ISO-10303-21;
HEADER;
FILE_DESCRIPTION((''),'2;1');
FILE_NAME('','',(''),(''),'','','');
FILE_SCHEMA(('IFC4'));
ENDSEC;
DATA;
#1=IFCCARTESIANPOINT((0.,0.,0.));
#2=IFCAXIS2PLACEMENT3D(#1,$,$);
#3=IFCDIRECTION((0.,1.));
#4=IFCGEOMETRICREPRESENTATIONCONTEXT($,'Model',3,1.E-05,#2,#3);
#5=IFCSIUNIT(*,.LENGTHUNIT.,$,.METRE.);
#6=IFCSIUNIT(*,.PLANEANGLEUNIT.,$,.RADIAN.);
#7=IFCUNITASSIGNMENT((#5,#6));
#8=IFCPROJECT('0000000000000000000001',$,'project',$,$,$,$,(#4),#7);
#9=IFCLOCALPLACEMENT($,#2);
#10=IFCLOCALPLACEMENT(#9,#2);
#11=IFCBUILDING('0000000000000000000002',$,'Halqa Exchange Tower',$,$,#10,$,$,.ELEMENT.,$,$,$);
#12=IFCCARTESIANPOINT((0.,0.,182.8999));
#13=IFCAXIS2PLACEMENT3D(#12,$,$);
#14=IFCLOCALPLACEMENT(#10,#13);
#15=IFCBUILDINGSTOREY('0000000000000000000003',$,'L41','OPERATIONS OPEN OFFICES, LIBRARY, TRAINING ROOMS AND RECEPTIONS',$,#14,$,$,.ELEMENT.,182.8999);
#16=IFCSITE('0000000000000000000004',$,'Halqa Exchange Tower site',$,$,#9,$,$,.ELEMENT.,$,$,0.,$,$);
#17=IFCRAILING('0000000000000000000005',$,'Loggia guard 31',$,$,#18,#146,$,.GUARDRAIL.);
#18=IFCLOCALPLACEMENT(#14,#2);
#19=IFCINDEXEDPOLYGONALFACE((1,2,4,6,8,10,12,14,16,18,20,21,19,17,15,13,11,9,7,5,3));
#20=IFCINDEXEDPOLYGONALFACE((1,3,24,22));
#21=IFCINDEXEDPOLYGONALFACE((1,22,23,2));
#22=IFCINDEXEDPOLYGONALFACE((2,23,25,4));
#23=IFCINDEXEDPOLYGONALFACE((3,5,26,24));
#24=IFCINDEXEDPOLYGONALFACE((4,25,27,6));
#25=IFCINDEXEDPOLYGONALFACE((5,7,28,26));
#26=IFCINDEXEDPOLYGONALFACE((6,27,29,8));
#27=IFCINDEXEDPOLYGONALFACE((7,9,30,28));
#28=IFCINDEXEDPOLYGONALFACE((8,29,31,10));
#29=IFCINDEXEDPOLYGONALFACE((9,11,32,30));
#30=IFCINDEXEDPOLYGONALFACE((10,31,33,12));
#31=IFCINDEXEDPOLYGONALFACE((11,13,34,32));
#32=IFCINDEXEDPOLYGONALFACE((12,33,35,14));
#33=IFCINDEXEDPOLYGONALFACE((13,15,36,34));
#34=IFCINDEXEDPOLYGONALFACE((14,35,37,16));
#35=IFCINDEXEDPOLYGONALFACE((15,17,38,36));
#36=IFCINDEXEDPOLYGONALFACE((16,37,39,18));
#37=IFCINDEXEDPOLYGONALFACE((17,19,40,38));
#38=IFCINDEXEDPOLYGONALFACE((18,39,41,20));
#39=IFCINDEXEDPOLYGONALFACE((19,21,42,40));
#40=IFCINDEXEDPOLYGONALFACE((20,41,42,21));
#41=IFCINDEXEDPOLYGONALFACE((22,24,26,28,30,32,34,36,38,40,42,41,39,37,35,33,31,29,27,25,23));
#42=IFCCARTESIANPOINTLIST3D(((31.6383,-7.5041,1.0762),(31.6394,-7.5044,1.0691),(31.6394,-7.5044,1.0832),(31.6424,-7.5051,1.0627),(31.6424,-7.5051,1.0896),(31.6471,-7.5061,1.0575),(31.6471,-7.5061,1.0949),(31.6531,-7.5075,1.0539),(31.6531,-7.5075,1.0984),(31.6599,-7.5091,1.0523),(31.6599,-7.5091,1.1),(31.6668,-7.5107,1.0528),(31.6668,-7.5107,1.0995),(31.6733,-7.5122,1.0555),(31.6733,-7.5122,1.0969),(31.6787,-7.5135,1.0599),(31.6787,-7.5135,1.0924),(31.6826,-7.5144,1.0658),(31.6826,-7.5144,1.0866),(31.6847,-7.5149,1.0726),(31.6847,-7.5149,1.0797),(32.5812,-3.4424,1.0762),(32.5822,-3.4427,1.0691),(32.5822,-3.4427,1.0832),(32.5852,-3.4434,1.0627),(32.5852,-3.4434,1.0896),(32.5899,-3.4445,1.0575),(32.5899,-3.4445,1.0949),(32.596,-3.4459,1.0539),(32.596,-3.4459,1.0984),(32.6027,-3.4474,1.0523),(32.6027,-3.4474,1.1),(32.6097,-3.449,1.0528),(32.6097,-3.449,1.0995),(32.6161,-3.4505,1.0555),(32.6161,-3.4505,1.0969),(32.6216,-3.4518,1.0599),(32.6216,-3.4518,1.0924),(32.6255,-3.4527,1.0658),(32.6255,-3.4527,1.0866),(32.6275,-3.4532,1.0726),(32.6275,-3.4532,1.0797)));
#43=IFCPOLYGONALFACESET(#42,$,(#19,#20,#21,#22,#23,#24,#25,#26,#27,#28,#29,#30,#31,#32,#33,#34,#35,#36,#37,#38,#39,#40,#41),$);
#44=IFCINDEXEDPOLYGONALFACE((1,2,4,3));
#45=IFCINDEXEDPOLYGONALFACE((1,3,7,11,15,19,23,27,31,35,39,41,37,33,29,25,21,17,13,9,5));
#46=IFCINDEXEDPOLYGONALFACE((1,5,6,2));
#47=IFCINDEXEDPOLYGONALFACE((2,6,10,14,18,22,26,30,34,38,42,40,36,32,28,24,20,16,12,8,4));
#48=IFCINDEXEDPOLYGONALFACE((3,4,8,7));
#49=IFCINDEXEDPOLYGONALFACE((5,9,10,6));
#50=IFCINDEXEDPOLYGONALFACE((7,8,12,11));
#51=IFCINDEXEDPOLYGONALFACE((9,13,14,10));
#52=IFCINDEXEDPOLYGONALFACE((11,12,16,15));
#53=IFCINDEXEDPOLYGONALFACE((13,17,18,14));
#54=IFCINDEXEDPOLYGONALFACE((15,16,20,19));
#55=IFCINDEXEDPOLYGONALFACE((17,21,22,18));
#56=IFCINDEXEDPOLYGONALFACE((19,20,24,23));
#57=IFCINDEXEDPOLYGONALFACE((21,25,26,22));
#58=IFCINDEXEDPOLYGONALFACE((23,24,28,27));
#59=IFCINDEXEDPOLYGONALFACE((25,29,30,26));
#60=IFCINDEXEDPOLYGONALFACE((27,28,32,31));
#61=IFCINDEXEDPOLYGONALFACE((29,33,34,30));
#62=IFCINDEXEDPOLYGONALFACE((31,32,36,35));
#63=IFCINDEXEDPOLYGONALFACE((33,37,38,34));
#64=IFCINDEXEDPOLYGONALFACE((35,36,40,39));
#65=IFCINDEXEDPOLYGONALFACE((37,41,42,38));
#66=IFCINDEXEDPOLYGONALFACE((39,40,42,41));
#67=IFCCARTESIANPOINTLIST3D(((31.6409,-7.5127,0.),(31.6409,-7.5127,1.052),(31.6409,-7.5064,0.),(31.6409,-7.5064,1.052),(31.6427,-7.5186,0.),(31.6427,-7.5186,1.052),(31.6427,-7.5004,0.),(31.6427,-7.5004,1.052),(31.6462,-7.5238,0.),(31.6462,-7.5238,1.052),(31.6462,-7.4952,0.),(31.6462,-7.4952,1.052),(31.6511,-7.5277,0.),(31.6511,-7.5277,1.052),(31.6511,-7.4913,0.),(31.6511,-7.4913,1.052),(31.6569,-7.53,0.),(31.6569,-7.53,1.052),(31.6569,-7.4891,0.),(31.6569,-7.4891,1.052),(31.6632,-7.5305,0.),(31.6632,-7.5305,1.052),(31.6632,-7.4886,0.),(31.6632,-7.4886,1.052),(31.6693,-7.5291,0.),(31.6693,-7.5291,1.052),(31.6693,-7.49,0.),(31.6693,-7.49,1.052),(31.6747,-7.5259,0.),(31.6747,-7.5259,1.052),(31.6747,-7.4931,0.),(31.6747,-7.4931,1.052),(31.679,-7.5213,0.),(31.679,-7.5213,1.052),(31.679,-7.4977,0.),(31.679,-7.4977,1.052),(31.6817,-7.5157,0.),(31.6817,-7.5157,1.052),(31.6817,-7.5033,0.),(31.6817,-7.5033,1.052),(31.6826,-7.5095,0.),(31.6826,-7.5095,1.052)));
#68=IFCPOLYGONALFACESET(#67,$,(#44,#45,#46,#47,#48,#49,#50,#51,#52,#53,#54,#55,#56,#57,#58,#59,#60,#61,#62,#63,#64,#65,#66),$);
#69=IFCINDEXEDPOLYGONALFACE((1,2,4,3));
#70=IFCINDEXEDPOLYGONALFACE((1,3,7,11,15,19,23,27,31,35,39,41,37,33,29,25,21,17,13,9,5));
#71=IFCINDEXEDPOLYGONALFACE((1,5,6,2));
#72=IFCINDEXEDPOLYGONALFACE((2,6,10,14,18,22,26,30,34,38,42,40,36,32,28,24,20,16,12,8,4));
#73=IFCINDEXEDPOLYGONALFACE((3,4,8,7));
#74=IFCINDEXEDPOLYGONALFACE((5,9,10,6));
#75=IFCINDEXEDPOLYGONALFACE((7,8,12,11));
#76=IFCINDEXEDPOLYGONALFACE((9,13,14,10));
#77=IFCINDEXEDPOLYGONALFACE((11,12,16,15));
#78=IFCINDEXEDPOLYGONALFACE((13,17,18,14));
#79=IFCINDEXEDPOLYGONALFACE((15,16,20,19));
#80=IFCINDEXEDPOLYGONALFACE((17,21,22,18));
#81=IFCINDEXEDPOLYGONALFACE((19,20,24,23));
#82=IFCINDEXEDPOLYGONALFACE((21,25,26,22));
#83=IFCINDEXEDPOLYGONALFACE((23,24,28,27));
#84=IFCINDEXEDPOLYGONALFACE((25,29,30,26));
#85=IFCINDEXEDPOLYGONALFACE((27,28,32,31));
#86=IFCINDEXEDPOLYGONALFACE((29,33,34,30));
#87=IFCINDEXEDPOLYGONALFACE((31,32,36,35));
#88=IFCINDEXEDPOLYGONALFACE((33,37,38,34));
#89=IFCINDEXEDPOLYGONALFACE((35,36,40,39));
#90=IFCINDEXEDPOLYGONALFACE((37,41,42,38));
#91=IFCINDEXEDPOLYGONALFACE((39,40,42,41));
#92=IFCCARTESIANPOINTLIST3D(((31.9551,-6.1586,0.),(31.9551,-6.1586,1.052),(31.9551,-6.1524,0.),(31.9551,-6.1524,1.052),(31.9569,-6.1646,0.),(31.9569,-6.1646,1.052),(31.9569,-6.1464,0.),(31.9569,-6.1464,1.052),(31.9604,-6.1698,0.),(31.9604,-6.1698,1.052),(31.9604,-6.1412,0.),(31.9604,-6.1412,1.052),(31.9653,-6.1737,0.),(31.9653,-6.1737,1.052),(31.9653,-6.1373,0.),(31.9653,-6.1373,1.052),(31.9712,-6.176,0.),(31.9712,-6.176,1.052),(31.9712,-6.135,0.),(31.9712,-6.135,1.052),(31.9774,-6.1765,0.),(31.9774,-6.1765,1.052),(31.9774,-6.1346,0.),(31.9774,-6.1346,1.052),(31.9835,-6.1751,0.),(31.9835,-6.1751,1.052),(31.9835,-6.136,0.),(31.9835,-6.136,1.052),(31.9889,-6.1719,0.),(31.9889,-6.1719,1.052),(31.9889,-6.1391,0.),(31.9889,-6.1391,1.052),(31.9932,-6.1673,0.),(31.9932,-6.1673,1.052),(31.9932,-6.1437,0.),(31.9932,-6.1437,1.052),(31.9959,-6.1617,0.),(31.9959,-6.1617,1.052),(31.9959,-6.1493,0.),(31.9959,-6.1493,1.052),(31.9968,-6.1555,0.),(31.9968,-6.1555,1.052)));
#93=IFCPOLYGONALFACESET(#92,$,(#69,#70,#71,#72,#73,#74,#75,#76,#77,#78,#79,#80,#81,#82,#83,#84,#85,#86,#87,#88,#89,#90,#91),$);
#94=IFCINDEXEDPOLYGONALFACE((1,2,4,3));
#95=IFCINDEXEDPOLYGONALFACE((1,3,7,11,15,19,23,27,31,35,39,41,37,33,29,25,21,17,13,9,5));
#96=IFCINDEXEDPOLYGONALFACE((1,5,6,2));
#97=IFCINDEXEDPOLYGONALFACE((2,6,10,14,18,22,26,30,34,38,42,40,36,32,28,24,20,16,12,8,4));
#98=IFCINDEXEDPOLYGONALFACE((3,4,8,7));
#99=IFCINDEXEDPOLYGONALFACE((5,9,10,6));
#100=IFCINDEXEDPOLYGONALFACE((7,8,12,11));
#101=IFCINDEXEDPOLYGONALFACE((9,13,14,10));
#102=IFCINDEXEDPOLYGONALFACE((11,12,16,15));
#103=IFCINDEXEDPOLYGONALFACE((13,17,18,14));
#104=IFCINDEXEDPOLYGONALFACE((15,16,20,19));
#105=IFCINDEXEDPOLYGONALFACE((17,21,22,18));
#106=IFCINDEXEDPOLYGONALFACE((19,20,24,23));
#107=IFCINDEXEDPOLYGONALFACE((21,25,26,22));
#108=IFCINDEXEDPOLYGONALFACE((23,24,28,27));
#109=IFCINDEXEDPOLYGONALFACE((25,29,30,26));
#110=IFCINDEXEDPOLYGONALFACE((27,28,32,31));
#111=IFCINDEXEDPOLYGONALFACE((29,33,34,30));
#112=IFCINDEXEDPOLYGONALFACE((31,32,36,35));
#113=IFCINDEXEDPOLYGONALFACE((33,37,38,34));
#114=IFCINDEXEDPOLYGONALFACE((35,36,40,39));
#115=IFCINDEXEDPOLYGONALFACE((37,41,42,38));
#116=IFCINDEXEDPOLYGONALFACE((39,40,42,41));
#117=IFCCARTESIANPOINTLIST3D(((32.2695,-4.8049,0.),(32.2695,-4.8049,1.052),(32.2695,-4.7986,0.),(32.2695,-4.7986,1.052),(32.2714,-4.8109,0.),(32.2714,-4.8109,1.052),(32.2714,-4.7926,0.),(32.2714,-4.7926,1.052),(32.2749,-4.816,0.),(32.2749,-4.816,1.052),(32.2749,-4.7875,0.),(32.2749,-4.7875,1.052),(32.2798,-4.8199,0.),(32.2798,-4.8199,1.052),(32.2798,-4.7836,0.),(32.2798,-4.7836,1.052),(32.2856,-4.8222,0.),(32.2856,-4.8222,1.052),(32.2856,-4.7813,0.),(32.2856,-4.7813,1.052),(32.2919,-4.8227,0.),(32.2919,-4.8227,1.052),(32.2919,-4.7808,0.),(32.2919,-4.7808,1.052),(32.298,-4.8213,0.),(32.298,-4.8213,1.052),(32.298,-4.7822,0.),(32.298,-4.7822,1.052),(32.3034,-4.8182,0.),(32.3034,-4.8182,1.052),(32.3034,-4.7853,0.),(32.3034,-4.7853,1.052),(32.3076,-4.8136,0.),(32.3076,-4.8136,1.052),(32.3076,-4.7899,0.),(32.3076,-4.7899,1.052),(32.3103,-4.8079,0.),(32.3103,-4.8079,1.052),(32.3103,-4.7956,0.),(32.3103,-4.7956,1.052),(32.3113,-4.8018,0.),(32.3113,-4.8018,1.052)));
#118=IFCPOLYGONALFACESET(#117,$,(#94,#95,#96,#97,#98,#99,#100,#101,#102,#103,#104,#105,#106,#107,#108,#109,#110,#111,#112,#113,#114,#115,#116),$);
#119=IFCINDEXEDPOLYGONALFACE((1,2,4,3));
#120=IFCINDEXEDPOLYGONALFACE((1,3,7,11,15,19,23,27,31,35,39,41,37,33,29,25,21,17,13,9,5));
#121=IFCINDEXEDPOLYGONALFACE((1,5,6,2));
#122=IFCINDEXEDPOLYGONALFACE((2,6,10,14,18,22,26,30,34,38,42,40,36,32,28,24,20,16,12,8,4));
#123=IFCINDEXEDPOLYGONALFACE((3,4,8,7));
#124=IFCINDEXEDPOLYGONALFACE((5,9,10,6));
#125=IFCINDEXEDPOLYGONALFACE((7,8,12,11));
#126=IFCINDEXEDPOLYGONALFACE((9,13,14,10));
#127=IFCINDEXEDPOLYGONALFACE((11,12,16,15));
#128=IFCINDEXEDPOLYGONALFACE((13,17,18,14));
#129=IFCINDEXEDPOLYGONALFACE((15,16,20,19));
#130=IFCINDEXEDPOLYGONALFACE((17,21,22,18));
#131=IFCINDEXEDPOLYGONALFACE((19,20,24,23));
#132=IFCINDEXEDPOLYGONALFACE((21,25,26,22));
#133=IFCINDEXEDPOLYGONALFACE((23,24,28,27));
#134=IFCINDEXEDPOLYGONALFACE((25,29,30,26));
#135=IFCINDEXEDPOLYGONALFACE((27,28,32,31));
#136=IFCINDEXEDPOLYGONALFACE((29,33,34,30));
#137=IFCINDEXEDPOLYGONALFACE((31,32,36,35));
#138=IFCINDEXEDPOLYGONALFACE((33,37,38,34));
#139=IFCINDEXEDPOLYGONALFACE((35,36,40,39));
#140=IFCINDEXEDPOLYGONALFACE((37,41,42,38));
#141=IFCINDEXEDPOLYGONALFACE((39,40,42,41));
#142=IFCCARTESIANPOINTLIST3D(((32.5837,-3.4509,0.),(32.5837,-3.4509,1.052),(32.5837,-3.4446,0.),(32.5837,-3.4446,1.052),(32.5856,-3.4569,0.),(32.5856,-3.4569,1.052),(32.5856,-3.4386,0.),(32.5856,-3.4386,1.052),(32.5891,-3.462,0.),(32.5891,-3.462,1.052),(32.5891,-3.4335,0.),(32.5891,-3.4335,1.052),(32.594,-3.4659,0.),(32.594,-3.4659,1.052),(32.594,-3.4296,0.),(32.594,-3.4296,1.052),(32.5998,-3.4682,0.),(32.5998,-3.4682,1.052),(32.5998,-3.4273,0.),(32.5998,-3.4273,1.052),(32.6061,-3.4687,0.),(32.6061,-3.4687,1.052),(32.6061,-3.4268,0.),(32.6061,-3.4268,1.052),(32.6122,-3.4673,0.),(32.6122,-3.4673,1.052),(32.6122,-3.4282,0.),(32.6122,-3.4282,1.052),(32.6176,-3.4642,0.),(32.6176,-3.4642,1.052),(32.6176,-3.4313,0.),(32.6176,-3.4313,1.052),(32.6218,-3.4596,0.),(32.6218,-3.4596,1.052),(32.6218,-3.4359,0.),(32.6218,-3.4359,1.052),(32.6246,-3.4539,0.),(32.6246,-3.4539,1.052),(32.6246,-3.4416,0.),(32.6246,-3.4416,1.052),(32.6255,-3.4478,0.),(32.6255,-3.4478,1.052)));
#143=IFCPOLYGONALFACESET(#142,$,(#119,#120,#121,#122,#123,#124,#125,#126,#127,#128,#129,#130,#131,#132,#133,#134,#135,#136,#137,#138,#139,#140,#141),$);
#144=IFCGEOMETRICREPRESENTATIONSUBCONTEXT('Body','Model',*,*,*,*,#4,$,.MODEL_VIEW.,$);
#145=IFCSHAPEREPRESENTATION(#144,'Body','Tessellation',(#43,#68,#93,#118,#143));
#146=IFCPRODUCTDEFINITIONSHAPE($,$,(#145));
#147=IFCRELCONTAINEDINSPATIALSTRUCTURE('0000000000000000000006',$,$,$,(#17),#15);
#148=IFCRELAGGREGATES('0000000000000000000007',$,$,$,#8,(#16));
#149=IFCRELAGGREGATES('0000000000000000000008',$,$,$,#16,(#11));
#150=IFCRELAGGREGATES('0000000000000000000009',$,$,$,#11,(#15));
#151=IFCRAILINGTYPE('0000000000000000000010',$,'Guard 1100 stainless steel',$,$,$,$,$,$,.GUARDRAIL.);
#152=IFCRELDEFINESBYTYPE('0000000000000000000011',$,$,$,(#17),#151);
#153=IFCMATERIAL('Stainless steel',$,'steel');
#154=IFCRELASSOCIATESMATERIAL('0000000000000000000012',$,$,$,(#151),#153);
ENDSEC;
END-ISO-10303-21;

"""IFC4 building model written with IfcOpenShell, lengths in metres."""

from ifc_helpers import new_model, si_unit, direction, frame, origin, origin_2d, place, context, subcontext, project, spatial, circle, extrude, material, type_object, element, save


model = new_model("IFC4")

# Units and contexts
model_context = context("Model", 3, precision=1e-05, world=origin(), true_north=direction((0.0, 1.0)))
body_context = subcontext(model_context, "Body", "Model", "MODEL_VIEW")
ifc_project = project(units=[si_unit("LENGTHUNIT", "METRE"), si_unit("PLANEANGLEUNIT", "RADIAN")], contexts=[model_context])

# Site, building, storey
site_placement = place(None, origin())
site = spatial("IfcSite", under=ifc_project, at=site_placement, Name="Halqa Exchange Tower site", CompositionType="ELEMENT", RefElevation=0.0)
building_placement = place(site_placement, origin())
building = spatial("IfcBuilding", under=site, at=building_placement, Name="Halqa Exchange Tower", CompositionType="ELEMENT")
storey_placement = place(building_placement, frame((0.0, 0.0, 182.8999)))
storey = spatial("IfcBuildingStorey", under=building, at=storey_placement, Name="L41", Description="OPERATIONS OPEN OFFICES, LIBRARY, TRAINING ROOMS AND RECEPTIONS", CompositionType="ELEMENT", Elevation=182.8999)

# Railing
ifc_material_1 = material(Name="Stainless steel", Category="steel")
railing_type = type_object("IfcRailingType", Name="Guard 1100 stainless steel", PredefinedType="GUARDRAIL", material=ifc_material_1)
railing_1_placement = place(storey_placement, frame((31.6616, -7.5095, 0.0)))
element("IfcRailing", 1, at=railing_1_placement, inside=storey, type_object=railing_type, Name="Loggia guard 31", PredefinedType="GUARDRAIL", context=body_context, shape_type="SweptSolid", body=[
    extrude(circle(Radius=0.0239, at=origin_2d()), frame((0.0, 0.0, 1.0762), z_axis=(0.226121, 0.974099, 0.0), x_axis=(-0.974099, 0.226121, 0.0)), (0.0, 0.0, 1.0), 4.1697),
    extrude(circle(Radius=0.021, at=origin_2d()), origin(), (0.0, 0.0, 1.0), 1.052),
    extrude(circle(Radius=0.021, at=origin_2d()), frame((0.3142, 1.354, 0.0)), (0.0, 0.0, 1.0), 1.052),
    extrude(circle(Radius=0.021, at=origin_2d()), frame((0.6287, 2.7078, 0.0)), (0.0, 0.0, 1.0), 1.052),
    extrude(circle(Radius=0.021, at=origin_2d()), frame((0.9429, 4.0618, 0.0)), (0.0, 0.0, 1.0), 1.052),
])

save(model, "model.ifc")
